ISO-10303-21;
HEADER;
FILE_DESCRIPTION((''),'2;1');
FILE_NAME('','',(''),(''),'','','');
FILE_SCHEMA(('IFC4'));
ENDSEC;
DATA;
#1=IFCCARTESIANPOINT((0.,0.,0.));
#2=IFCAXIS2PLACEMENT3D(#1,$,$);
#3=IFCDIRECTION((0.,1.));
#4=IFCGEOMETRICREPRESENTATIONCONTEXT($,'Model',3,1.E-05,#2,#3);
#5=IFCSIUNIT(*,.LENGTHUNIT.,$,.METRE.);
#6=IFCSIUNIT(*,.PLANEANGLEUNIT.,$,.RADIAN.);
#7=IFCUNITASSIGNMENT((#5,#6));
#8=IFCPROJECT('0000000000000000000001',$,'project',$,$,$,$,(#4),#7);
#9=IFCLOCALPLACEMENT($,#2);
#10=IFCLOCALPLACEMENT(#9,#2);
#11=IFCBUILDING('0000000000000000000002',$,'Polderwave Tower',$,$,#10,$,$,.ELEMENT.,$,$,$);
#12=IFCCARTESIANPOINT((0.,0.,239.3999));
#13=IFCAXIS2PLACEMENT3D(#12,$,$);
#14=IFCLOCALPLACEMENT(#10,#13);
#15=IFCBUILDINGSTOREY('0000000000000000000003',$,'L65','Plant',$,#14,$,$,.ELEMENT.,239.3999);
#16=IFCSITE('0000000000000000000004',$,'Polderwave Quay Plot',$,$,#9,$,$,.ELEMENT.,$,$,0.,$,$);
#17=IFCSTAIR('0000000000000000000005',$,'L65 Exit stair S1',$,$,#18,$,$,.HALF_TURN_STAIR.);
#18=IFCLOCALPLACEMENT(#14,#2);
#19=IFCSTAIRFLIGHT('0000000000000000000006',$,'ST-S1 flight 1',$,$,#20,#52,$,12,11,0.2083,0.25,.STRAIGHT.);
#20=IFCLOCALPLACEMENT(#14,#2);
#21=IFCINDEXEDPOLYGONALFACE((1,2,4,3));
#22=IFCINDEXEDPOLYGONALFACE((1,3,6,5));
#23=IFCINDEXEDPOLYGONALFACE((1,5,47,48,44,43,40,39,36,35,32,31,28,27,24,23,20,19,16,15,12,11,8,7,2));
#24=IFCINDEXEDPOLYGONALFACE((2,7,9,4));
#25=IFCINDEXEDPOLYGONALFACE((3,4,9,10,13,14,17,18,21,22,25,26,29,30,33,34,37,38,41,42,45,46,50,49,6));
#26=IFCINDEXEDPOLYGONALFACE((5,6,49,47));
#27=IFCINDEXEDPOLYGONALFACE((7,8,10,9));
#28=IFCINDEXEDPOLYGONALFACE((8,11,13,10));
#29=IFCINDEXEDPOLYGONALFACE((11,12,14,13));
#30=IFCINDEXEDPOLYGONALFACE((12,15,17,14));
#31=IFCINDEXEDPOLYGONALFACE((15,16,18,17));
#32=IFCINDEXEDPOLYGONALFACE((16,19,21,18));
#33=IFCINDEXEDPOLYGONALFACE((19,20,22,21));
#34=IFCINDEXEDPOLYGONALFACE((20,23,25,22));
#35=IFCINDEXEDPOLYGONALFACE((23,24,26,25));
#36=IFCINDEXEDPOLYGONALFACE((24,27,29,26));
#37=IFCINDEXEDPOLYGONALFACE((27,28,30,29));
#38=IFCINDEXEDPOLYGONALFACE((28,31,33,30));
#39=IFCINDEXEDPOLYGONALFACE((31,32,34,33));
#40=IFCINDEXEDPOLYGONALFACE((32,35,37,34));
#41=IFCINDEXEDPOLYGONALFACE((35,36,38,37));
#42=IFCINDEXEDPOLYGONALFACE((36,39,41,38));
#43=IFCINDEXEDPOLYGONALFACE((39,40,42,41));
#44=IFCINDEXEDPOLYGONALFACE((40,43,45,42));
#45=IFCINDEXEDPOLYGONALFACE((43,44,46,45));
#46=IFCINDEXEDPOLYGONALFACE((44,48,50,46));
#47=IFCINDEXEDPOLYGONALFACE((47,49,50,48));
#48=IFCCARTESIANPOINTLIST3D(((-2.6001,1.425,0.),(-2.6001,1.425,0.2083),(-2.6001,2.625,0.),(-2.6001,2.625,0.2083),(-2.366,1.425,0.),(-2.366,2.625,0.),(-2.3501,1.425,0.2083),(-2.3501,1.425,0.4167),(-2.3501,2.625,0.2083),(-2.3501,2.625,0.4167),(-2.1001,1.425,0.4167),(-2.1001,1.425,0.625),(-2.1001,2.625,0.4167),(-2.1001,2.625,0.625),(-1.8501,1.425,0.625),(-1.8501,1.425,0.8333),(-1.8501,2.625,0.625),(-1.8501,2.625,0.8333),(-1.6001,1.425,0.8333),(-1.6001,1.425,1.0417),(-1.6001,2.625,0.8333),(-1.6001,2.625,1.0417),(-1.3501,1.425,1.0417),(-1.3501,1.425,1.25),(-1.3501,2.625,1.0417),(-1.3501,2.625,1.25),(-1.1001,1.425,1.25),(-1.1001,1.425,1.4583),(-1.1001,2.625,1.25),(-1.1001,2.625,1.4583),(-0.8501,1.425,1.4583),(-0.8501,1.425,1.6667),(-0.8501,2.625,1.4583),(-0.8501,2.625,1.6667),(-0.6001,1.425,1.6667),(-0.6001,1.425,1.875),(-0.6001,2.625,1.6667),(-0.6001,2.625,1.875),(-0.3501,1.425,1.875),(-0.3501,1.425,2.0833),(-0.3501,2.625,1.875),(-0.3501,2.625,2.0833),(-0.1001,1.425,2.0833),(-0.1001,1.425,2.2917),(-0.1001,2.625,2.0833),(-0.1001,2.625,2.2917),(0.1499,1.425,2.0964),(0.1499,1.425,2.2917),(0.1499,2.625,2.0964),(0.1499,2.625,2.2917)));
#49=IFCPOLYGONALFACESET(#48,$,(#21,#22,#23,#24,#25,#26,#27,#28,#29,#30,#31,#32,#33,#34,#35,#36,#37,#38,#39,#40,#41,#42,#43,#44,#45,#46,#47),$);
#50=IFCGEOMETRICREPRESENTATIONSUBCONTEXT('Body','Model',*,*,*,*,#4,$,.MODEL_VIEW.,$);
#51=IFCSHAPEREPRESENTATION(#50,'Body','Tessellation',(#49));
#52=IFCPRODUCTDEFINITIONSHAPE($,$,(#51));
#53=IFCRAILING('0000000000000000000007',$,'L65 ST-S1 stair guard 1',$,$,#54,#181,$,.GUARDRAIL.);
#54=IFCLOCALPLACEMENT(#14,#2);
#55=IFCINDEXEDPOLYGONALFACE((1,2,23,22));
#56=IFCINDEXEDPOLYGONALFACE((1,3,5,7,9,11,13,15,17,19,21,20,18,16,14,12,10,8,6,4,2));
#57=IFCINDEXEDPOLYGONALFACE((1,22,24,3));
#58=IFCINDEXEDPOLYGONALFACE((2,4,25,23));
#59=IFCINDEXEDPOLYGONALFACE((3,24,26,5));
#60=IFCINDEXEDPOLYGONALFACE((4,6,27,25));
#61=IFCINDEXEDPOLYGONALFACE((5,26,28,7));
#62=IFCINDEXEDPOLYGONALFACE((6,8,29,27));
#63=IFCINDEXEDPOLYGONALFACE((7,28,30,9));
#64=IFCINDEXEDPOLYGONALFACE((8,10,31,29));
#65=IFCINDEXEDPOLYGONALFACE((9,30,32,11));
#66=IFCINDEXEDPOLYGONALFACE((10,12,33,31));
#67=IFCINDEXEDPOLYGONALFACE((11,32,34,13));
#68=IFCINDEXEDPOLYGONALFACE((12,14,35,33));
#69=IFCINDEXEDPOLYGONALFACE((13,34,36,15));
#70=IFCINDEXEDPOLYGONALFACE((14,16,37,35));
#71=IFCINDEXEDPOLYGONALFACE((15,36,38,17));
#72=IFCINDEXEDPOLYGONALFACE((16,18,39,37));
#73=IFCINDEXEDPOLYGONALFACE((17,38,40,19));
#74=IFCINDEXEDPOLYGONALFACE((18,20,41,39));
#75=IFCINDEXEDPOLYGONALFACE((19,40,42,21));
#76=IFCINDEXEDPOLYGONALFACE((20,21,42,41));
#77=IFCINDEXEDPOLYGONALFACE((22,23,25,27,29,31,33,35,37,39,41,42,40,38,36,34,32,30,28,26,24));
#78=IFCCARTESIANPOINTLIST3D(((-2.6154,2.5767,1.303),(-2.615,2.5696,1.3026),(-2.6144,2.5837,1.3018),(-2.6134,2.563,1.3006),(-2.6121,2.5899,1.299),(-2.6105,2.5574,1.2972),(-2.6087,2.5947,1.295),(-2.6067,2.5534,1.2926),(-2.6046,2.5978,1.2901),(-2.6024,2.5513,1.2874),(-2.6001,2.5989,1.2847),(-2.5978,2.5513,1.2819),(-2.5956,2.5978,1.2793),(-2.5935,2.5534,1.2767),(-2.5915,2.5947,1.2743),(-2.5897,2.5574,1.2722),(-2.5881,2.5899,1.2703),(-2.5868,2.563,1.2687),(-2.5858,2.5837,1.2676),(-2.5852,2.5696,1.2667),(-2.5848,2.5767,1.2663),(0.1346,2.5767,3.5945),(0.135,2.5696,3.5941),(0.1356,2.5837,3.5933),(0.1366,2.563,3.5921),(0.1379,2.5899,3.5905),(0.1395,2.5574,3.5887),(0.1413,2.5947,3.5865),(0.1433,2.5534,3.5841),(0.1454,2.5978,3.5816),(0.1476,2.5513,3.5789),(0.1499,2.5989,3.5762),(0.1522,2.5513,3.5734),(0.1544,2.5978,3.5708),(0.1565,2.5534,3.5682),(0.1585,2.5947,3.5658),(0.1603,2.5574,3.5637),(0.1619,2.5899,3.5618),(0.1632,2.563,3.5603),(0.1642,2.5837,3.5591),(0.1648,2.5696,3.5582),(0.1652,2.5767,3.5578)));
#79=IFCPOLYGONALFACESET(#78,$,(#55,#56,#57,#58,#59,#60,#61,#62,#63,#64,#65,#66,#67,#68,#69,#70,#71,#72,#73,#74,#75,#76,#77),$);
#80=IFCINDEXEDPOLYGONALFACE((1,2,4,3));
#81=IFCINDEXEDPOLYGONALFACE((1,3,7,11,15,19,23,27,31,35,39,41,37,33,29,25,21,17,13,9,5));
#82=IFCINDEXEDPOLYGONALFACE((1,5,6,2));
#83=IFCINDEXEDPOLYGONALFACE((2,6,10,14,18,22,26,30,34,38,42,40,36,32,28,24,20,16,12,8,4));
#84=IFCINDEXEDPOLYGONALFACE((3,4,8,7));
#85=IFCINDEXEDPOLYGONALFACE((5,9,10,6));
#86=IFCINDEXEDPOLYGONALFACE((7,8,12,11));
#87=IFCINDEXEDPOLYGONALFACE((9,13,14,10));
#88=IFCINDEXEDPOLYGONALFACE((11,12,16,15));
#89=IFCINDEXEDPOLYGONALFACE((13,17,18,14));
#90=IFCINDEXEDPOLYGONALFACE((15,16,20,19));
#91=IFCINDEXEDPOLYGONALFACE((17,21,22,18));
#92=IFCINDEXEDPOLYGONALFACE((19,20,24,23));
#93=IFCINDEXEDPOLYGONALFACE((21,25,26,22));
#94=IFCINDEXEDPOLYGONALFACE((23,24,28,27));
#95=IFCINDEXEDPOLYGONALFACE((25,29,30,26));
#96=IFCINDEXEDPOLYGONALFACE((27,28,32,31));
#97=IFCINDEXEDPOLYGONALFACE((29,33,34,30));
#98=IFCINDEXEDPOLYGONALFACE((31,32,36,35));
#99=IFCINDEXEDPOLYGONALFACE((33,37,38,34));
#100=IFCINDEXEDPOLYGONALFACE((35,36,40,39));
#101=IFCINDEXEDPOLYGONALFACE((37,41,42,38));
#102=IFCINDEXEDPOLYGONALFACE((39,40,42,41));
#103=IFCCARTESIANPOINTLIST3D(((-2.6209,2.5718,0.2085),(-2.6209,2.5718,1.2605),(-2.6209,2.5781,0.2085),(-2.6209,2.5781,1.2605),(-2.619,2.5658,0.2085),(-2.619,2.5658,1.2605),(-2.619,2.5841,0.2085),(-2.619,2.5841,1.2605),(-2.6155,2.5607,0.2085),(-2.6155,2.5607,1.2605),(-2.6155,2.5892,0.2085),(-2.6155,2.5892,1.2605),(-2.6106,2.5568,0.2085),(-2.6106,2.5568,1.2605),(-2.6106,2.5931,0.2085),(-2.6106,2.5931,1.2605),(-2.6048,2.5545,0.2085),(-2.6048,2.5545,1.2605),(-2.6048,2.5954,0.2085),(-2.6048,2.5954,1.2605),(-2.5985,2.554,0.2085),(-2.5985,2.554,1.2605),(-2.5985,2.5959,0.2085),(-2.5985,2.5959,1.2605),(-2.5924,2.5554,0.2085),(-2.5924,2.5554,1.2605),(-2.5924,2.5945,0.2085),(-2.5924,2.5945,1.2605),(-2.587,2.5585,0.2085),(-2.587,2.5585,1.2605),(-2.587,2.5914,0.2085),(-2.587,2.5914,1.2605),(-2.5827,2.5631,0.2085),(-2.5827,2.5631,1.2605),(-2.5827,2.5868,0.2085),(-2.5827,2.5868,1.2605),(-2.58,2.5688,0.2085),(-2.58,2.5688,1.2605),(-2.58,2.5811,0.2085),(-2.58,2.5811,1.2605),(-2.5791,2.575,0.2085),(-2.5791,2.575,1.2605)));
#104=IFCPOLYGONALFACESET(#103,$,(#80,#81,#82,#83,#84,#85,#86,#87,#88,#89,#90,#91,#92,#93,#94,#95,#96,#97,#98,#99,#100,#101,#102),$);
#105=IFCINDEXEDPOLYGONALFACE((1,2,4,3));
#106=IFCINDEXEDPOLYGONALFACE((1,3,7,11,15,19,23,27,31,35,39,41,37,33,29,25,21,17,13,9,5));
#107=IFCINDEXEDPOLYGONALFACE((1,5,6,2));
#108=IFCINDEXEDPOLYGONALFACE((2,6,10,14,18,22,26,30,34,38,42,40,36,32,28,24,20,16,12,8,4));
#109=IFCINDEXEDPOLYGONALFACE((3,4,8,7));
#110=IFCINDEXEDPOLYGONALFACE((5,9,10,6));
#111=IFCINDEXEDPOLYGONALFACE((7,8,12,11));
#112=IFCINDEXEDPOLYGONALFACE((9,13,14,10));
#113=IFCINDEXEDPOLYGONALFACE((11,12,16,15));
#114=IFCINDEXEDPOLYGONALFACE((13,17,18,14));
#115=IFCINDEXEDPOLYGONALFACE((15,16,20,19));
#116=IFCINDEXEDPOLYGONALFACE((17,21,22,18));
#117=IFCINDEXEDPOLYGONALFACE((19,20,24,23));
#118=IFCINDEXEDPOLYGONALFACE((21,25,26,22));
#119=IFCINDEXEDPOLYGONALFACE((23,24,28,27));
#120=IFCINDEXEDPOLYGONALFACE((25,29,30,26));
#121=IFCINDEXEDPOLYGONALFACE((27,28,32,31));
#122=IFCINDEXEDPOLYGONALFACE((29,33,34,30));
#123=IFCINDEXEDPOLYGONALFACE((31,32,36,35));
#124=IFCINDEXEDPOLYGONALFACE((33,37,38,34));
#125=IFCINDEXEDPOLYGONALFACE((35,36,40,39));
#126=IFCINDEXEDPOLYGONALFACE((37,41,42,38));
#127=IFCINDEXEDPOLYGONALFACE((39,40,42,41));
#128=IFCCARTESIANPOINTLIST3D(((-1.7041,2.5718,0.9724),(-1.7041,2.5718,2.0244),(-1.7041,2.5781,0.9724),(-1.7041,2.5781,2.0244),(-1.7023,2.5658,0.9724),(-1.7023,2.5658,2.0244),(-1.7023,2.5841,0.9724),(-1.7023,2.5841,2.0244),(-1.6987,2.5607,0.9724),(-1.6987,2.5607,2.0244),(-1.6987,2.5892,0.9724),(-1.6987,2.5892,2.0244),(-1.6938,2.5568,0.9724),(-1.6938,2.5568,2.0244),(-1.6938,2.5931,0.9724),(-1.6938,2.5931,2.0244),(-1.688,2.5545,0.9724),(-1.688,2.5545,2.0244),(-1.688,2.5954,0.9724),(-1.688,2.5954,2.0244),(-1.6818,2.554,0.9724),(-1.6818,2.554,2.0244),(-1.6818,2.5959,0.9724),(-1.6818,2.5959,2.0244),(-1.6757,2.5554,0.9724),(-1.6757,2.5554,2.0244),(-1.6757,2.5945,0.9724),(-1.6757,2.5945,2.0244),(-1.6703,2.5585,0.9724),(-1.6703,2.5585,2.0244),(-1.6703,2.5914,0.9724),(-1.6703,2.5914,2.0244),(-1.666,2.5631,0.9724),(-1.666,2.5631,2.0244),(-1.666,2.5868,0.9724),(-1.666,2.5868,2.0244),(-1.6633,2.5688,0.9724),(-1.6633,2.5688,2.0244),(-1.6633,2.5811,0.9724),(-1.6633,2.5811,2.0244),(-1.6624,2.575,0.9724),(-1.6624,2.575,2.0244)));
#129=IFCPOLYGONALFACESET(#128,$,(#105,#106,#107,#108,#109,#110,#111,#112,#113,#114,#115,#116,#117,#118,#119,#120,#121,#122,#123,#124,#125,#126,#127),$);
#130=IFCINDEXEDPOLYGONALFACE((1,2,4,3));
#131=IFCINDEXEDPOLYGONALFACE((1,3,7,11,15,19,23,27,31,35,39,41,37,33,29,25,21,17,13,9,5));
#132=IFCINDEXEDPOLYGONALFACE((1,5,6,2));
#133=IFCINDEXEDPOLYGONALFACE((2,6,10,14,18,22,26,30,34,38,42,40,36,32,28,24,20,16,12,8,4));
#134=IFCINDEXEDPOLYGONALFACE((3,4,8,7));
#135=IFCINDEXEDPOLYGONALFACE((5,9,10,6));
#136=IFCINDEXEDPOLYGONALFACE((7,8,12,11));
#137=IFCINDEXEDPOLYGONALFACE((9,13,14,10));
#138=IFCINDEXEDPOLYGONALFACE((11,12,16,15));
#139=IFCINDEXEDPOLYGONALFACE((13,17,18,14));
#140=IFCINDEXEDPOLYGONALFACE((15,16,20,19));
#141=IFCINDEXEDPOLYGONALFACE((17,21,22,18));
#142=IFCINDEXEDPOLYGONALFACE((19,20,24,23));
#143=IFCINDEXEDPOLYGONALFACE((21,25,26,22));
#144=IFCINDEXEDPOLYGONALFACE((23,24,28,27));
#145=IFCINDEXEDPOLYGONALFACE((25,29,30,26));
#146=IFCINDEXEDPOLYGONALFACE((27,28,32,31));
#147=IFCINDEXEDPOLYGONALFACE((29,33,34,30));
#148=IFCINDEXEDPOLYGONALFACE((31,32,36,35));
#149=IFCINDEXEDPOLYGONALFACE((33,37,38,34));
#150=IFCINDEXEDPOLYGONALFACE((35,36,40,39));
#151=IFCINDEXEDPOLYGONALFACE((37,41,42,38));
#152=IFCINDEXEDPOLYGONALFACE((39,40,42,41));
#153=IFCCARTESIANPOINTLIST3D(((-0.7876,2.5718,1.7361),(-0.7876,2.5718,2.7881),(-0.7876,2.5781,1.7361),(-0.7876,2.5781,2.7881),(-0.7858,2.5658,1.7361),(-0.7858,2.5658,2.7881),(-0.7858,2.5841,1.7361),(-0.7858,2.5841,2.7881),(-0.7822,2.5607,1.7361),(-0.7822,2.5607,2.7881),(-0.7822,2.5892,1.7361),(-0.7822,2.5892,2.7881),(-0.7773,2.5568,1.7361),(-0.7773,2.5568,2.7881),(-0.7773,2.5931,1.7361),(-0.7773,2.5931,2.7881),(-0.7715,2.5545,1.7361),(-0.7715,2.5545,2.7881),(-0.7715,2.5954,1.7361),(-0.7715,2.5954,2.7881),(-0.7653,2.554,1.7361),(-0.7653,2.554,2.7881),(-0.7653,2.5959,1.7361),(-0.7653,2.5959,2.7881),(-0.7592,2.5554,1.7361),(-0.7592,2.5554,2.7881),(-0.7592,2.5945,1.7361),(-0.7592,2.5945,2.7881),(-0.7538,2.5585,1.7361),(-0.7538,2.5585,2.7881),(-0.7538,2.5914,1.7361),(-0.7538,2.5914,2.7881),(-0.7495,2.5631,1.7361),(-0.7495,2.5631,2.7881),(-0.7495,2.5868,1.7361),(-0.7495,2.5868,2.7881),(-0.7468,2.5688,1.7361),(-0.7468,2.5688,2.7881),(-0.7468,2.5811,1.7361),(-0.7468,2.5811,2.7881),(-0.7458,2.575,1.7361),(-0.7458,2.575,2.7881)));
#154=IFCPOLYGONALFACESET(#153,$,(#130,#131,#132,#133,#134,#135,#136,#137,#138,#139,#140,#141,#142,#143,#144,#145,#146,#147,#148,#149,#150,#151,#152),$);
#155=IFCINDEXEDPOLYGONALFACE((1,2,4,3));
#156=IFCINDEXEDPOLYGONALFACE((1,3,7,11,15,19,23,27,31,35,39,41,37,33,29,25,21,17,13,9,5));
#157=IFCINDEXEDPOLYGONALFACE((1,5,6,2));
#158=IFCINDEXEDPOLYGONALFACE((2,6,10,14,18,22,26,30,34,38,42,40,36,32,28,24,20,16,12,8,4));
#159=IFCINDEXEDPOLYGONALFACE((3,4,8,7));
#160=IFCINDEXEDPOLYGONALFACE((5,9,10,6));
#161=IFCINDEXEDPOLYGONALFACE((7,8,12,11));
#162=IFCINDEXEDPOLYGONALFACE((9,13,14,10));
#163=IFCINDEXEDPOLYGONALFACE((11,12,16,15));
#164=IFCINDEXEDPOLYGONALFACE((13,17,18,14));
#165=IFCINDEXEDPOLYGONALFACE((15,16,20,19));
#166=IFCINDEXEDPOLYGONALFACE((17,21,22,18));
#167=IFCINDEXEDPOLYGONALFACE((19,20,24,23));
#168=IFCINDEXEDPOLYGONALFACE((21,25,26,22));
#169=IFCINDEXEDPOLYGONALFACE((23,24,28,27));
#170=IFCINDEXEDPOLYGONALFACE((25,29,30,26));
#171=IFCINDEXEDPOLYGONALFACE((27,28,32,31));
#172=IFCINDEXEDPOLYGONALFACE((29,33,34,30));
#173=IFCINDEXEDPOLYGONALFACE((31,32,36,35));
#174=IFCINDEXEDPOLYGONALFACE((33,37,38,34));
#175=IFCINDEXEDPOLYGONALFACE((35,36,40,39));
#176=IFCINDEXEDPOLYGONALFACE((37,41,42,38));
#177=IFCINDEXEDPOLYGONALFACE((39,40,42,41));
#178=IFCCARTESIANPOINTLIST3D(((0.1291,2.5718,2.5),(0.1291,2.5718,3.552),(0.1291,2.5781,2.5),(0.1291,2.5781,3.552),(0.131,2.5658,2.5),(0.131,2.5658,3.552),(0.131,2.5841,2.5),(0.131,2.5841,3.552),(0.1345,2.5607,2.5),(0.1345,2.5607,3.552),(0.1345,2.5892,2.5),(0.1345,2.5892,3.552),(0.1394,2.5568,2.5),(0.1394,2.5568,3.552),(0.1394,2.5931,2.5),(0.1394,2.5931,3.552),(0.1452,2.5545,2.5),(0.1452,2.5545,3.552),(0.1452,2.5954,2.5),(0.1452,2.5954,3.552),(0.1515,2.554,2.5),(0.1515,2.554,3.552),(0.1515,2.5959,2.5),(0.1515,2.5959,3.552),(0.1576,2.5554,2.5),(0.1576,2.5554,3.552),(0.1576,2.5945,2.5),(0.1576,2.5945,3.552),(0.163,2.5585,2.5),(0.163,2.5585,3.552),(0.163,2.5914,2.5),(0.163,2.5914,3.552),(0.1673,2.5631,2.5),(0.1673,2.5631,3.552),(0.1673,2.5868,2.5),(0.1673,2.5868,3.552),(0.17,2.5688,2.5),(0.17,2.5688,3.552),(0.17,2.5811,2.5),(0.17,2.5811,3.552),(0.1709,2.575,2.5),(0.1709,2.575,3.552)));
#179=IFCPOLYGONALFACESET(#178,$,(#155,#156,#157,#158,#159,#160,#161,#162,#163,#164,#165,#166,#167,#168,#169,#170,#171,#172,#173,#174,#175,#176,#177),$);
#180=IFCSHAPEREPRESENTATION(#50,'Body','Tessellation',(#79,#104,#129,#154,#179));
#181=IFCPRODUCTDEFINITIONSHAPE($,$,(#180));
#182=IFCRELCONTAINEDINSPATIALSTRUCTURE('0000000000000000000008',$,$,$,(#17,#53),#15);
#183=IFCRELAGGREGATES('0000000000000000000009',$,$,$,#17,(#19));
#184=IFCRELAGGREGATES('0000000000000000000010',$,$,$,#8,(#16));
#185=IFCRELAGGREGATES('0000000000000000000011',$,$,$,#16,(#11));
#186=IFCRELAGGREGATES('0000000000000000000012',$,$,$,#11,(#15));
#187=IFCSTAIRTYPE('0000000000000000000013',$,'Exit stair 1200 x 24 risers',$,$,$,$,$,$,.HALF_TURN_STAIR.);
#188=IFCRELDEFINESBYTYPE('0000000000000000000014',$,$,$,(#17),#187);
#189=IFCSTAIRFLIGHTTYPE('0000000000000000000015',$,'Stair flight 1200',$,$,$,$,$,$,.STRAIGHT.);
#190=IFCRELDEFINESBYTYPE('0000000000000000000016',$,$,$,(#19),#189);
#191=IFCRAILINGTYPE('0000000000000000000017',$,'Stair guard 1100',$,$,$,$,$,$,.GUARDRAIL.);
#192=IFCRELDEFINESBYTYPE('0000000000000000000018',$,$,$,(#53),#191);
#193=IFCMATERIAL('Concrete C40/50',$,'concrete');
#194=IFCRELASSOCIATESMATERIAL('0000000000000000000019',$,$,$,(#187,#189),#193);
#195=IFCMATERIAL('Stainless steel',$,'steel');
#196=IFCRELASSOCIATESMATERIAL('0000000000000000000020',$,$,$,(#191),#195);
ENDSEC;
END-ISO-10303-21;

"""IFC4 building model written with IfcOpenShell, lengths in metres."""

from ifc_helpers import new_model, si_unit, direction, frame, origin, origin_2d, place, context, subcontext, project, spatial, polyline, circle, outline, extrude, material, type_object, element, aggregate, save


model = new_model("IFC4")

# Units and contexts
model_context = context("Model", 3, precision=1e-05, world=origin(), true_north=direction((0.0, 1.0)))
body_context = subcontext(model_context, "Body", "Model", "MODEL_VIEW")
ifc_project = project(units=[si_unit("LENGTHUNIT", "METRE"), si_unit("PLANEANGLEUNIT", "RADIAN")], contexts=[model_context])

# Site, building, storey
site_placement = place(None, origin())
site = spatial("IfcSite", under=ifc_project, at=site_placement, Name="Polderwave Quay Plot", CompositionType="ELEMENT", RefElevation=0.0)
building_placement = place(site_placement, origin())
building = spatial("IfcBuilding", under=site, at=building_placement, Name="Polderwave Tower", CompositionType="ELEMENT")
storey_placement = place(building_placement, frame((0.0, 0.0, 239.3999)))
storey = spatial("IfcBuildingStorey", under=building, at=storey_placement, Name="L65", Description="Plant", CompositionType="ELEMENT", Elevation=239.3999)

# Stair, stair flight
ifc_material_1 = material(Name="Concrete C40/50", Category="concrete")
stair_type = type_object("IfcStairType", Name="Exit stair 1200 x 24 risers", PredefinedType="HALF_TURN_STAIR", material=ifc_material_1)
stair_placement = place(storey_placement, origin())
stair = element("IfcStair", 1, at=stair_placement, inside=storey, type_object=stair_type, Name="L65 Exit stair S1", PredefinedType="HALF_TURN_STAIR")
stair_flight_type = type_object("IfcStairFlightType", Name="Stair flight 1200", PredefinedType="STRAIGHT", material=ifc_material_1)
stair_flight_placement = place(storey_placement, frame((-2.6001, 2.0249, 0.0), z_axis=(0.0, 0.0, 1.0), x_axis=(1.0, 0.0, 0.0)))
stair_flight = element("IfcStairFlight", 2, at=stair_flight_placement, type_object=stair_flight_type, Name="ST-S1 flight 1", NumberOfRisers=12, NumberOfTreads=11, PredefinedType="STRAIGHT", RiserHeight=0.2083, TreadLength=0.25, context=body_context, shape_type="SweptSolid", body=[
    extrude(outline(polyline([(0.0, 0.0), (0.0, 0.2083), (0.25, 0.2083), (0.25, 0.4167), (0.5, 0.4167), (0.5, 0.625), (0.75, 0.625), (0.75, 0.8333), (1.0, 0.8333), (1.0, 1.0417), (1.25, 1.0417), (1.25, 1.25), (1.5, 1.25), (1.5, 1.4583), (1.75, 1.4583), (1.75, 1.6667), (2.0, 1.6667), (2.0, 1.875), (2.25, 1.875), (2.25, 2.0833), (2.5, 2.0833), (2.5, 2.2917), (2.75, 2.2917), (2.75, 2.5), (2.75, 2.0964), (0.2341, 0.0), (0.0, 0.0)])), frame((0.0, 0.6001, 0.0), z_axis=(0.0, -1.0, 0.0), x_axis=(1.0, 0.0, 0.0)), (0.0, 0.0, 1.0), 1.2),
])
aggregate(stair, [stair_flight])

# Railing
ifc_material_2 = material(Name="Stainless steel", Category="steel")
railing_type_1 = type_object("IfcRailingType", Name="Stair guard 1100", PredefinedType="GUARDRAIL", material=ifc_material_2)
railing_1_placement = place(storey_placement, frame((-2.6001, 2.575, 0.2085)))
element("IfcRailing", 3, at=railing_1_placement, inside=storey, type_object=railing_type_1, Name="L65 ST-S1 stair guard 1", PredefinedType="GUARDRAIL", context=body_context, shape_type="SweptSolid", body=[
    extrude(circle(Radius=0.0239, at=origin_2d()), frame((0.0, 0.0, 1.0762), z_axis=(0.768244, 0.0, 0.640158), x_axis=(0.0, 1.0, 0.0)), (0.0, 0.0, 1.0), 3.5796),
    extrude(circle(Radius=0.021, at=origin_2d()), origin(), (0.0, 0.0, 1.0), 1.052),
    extrude(circle(Radius=0.021, at=origin_2d()), frame((0.9167, 0.0, 0.7639)), (0.0, 0.0, 1.0), 1.052),
    extrude(circle(Radius=0.021, at=origin_2d()), frame((1.8333, 0.0, 1.5276)), (0.0, 0.0, 1.0), 1.052),
    extrude(circle(Radius=0.021, at=origin_2d()), frame((2.75, 0.0, 2.2915)), (0.0, 0.0, 1.0), 1.052),
])

save(model, "model.ifc")
